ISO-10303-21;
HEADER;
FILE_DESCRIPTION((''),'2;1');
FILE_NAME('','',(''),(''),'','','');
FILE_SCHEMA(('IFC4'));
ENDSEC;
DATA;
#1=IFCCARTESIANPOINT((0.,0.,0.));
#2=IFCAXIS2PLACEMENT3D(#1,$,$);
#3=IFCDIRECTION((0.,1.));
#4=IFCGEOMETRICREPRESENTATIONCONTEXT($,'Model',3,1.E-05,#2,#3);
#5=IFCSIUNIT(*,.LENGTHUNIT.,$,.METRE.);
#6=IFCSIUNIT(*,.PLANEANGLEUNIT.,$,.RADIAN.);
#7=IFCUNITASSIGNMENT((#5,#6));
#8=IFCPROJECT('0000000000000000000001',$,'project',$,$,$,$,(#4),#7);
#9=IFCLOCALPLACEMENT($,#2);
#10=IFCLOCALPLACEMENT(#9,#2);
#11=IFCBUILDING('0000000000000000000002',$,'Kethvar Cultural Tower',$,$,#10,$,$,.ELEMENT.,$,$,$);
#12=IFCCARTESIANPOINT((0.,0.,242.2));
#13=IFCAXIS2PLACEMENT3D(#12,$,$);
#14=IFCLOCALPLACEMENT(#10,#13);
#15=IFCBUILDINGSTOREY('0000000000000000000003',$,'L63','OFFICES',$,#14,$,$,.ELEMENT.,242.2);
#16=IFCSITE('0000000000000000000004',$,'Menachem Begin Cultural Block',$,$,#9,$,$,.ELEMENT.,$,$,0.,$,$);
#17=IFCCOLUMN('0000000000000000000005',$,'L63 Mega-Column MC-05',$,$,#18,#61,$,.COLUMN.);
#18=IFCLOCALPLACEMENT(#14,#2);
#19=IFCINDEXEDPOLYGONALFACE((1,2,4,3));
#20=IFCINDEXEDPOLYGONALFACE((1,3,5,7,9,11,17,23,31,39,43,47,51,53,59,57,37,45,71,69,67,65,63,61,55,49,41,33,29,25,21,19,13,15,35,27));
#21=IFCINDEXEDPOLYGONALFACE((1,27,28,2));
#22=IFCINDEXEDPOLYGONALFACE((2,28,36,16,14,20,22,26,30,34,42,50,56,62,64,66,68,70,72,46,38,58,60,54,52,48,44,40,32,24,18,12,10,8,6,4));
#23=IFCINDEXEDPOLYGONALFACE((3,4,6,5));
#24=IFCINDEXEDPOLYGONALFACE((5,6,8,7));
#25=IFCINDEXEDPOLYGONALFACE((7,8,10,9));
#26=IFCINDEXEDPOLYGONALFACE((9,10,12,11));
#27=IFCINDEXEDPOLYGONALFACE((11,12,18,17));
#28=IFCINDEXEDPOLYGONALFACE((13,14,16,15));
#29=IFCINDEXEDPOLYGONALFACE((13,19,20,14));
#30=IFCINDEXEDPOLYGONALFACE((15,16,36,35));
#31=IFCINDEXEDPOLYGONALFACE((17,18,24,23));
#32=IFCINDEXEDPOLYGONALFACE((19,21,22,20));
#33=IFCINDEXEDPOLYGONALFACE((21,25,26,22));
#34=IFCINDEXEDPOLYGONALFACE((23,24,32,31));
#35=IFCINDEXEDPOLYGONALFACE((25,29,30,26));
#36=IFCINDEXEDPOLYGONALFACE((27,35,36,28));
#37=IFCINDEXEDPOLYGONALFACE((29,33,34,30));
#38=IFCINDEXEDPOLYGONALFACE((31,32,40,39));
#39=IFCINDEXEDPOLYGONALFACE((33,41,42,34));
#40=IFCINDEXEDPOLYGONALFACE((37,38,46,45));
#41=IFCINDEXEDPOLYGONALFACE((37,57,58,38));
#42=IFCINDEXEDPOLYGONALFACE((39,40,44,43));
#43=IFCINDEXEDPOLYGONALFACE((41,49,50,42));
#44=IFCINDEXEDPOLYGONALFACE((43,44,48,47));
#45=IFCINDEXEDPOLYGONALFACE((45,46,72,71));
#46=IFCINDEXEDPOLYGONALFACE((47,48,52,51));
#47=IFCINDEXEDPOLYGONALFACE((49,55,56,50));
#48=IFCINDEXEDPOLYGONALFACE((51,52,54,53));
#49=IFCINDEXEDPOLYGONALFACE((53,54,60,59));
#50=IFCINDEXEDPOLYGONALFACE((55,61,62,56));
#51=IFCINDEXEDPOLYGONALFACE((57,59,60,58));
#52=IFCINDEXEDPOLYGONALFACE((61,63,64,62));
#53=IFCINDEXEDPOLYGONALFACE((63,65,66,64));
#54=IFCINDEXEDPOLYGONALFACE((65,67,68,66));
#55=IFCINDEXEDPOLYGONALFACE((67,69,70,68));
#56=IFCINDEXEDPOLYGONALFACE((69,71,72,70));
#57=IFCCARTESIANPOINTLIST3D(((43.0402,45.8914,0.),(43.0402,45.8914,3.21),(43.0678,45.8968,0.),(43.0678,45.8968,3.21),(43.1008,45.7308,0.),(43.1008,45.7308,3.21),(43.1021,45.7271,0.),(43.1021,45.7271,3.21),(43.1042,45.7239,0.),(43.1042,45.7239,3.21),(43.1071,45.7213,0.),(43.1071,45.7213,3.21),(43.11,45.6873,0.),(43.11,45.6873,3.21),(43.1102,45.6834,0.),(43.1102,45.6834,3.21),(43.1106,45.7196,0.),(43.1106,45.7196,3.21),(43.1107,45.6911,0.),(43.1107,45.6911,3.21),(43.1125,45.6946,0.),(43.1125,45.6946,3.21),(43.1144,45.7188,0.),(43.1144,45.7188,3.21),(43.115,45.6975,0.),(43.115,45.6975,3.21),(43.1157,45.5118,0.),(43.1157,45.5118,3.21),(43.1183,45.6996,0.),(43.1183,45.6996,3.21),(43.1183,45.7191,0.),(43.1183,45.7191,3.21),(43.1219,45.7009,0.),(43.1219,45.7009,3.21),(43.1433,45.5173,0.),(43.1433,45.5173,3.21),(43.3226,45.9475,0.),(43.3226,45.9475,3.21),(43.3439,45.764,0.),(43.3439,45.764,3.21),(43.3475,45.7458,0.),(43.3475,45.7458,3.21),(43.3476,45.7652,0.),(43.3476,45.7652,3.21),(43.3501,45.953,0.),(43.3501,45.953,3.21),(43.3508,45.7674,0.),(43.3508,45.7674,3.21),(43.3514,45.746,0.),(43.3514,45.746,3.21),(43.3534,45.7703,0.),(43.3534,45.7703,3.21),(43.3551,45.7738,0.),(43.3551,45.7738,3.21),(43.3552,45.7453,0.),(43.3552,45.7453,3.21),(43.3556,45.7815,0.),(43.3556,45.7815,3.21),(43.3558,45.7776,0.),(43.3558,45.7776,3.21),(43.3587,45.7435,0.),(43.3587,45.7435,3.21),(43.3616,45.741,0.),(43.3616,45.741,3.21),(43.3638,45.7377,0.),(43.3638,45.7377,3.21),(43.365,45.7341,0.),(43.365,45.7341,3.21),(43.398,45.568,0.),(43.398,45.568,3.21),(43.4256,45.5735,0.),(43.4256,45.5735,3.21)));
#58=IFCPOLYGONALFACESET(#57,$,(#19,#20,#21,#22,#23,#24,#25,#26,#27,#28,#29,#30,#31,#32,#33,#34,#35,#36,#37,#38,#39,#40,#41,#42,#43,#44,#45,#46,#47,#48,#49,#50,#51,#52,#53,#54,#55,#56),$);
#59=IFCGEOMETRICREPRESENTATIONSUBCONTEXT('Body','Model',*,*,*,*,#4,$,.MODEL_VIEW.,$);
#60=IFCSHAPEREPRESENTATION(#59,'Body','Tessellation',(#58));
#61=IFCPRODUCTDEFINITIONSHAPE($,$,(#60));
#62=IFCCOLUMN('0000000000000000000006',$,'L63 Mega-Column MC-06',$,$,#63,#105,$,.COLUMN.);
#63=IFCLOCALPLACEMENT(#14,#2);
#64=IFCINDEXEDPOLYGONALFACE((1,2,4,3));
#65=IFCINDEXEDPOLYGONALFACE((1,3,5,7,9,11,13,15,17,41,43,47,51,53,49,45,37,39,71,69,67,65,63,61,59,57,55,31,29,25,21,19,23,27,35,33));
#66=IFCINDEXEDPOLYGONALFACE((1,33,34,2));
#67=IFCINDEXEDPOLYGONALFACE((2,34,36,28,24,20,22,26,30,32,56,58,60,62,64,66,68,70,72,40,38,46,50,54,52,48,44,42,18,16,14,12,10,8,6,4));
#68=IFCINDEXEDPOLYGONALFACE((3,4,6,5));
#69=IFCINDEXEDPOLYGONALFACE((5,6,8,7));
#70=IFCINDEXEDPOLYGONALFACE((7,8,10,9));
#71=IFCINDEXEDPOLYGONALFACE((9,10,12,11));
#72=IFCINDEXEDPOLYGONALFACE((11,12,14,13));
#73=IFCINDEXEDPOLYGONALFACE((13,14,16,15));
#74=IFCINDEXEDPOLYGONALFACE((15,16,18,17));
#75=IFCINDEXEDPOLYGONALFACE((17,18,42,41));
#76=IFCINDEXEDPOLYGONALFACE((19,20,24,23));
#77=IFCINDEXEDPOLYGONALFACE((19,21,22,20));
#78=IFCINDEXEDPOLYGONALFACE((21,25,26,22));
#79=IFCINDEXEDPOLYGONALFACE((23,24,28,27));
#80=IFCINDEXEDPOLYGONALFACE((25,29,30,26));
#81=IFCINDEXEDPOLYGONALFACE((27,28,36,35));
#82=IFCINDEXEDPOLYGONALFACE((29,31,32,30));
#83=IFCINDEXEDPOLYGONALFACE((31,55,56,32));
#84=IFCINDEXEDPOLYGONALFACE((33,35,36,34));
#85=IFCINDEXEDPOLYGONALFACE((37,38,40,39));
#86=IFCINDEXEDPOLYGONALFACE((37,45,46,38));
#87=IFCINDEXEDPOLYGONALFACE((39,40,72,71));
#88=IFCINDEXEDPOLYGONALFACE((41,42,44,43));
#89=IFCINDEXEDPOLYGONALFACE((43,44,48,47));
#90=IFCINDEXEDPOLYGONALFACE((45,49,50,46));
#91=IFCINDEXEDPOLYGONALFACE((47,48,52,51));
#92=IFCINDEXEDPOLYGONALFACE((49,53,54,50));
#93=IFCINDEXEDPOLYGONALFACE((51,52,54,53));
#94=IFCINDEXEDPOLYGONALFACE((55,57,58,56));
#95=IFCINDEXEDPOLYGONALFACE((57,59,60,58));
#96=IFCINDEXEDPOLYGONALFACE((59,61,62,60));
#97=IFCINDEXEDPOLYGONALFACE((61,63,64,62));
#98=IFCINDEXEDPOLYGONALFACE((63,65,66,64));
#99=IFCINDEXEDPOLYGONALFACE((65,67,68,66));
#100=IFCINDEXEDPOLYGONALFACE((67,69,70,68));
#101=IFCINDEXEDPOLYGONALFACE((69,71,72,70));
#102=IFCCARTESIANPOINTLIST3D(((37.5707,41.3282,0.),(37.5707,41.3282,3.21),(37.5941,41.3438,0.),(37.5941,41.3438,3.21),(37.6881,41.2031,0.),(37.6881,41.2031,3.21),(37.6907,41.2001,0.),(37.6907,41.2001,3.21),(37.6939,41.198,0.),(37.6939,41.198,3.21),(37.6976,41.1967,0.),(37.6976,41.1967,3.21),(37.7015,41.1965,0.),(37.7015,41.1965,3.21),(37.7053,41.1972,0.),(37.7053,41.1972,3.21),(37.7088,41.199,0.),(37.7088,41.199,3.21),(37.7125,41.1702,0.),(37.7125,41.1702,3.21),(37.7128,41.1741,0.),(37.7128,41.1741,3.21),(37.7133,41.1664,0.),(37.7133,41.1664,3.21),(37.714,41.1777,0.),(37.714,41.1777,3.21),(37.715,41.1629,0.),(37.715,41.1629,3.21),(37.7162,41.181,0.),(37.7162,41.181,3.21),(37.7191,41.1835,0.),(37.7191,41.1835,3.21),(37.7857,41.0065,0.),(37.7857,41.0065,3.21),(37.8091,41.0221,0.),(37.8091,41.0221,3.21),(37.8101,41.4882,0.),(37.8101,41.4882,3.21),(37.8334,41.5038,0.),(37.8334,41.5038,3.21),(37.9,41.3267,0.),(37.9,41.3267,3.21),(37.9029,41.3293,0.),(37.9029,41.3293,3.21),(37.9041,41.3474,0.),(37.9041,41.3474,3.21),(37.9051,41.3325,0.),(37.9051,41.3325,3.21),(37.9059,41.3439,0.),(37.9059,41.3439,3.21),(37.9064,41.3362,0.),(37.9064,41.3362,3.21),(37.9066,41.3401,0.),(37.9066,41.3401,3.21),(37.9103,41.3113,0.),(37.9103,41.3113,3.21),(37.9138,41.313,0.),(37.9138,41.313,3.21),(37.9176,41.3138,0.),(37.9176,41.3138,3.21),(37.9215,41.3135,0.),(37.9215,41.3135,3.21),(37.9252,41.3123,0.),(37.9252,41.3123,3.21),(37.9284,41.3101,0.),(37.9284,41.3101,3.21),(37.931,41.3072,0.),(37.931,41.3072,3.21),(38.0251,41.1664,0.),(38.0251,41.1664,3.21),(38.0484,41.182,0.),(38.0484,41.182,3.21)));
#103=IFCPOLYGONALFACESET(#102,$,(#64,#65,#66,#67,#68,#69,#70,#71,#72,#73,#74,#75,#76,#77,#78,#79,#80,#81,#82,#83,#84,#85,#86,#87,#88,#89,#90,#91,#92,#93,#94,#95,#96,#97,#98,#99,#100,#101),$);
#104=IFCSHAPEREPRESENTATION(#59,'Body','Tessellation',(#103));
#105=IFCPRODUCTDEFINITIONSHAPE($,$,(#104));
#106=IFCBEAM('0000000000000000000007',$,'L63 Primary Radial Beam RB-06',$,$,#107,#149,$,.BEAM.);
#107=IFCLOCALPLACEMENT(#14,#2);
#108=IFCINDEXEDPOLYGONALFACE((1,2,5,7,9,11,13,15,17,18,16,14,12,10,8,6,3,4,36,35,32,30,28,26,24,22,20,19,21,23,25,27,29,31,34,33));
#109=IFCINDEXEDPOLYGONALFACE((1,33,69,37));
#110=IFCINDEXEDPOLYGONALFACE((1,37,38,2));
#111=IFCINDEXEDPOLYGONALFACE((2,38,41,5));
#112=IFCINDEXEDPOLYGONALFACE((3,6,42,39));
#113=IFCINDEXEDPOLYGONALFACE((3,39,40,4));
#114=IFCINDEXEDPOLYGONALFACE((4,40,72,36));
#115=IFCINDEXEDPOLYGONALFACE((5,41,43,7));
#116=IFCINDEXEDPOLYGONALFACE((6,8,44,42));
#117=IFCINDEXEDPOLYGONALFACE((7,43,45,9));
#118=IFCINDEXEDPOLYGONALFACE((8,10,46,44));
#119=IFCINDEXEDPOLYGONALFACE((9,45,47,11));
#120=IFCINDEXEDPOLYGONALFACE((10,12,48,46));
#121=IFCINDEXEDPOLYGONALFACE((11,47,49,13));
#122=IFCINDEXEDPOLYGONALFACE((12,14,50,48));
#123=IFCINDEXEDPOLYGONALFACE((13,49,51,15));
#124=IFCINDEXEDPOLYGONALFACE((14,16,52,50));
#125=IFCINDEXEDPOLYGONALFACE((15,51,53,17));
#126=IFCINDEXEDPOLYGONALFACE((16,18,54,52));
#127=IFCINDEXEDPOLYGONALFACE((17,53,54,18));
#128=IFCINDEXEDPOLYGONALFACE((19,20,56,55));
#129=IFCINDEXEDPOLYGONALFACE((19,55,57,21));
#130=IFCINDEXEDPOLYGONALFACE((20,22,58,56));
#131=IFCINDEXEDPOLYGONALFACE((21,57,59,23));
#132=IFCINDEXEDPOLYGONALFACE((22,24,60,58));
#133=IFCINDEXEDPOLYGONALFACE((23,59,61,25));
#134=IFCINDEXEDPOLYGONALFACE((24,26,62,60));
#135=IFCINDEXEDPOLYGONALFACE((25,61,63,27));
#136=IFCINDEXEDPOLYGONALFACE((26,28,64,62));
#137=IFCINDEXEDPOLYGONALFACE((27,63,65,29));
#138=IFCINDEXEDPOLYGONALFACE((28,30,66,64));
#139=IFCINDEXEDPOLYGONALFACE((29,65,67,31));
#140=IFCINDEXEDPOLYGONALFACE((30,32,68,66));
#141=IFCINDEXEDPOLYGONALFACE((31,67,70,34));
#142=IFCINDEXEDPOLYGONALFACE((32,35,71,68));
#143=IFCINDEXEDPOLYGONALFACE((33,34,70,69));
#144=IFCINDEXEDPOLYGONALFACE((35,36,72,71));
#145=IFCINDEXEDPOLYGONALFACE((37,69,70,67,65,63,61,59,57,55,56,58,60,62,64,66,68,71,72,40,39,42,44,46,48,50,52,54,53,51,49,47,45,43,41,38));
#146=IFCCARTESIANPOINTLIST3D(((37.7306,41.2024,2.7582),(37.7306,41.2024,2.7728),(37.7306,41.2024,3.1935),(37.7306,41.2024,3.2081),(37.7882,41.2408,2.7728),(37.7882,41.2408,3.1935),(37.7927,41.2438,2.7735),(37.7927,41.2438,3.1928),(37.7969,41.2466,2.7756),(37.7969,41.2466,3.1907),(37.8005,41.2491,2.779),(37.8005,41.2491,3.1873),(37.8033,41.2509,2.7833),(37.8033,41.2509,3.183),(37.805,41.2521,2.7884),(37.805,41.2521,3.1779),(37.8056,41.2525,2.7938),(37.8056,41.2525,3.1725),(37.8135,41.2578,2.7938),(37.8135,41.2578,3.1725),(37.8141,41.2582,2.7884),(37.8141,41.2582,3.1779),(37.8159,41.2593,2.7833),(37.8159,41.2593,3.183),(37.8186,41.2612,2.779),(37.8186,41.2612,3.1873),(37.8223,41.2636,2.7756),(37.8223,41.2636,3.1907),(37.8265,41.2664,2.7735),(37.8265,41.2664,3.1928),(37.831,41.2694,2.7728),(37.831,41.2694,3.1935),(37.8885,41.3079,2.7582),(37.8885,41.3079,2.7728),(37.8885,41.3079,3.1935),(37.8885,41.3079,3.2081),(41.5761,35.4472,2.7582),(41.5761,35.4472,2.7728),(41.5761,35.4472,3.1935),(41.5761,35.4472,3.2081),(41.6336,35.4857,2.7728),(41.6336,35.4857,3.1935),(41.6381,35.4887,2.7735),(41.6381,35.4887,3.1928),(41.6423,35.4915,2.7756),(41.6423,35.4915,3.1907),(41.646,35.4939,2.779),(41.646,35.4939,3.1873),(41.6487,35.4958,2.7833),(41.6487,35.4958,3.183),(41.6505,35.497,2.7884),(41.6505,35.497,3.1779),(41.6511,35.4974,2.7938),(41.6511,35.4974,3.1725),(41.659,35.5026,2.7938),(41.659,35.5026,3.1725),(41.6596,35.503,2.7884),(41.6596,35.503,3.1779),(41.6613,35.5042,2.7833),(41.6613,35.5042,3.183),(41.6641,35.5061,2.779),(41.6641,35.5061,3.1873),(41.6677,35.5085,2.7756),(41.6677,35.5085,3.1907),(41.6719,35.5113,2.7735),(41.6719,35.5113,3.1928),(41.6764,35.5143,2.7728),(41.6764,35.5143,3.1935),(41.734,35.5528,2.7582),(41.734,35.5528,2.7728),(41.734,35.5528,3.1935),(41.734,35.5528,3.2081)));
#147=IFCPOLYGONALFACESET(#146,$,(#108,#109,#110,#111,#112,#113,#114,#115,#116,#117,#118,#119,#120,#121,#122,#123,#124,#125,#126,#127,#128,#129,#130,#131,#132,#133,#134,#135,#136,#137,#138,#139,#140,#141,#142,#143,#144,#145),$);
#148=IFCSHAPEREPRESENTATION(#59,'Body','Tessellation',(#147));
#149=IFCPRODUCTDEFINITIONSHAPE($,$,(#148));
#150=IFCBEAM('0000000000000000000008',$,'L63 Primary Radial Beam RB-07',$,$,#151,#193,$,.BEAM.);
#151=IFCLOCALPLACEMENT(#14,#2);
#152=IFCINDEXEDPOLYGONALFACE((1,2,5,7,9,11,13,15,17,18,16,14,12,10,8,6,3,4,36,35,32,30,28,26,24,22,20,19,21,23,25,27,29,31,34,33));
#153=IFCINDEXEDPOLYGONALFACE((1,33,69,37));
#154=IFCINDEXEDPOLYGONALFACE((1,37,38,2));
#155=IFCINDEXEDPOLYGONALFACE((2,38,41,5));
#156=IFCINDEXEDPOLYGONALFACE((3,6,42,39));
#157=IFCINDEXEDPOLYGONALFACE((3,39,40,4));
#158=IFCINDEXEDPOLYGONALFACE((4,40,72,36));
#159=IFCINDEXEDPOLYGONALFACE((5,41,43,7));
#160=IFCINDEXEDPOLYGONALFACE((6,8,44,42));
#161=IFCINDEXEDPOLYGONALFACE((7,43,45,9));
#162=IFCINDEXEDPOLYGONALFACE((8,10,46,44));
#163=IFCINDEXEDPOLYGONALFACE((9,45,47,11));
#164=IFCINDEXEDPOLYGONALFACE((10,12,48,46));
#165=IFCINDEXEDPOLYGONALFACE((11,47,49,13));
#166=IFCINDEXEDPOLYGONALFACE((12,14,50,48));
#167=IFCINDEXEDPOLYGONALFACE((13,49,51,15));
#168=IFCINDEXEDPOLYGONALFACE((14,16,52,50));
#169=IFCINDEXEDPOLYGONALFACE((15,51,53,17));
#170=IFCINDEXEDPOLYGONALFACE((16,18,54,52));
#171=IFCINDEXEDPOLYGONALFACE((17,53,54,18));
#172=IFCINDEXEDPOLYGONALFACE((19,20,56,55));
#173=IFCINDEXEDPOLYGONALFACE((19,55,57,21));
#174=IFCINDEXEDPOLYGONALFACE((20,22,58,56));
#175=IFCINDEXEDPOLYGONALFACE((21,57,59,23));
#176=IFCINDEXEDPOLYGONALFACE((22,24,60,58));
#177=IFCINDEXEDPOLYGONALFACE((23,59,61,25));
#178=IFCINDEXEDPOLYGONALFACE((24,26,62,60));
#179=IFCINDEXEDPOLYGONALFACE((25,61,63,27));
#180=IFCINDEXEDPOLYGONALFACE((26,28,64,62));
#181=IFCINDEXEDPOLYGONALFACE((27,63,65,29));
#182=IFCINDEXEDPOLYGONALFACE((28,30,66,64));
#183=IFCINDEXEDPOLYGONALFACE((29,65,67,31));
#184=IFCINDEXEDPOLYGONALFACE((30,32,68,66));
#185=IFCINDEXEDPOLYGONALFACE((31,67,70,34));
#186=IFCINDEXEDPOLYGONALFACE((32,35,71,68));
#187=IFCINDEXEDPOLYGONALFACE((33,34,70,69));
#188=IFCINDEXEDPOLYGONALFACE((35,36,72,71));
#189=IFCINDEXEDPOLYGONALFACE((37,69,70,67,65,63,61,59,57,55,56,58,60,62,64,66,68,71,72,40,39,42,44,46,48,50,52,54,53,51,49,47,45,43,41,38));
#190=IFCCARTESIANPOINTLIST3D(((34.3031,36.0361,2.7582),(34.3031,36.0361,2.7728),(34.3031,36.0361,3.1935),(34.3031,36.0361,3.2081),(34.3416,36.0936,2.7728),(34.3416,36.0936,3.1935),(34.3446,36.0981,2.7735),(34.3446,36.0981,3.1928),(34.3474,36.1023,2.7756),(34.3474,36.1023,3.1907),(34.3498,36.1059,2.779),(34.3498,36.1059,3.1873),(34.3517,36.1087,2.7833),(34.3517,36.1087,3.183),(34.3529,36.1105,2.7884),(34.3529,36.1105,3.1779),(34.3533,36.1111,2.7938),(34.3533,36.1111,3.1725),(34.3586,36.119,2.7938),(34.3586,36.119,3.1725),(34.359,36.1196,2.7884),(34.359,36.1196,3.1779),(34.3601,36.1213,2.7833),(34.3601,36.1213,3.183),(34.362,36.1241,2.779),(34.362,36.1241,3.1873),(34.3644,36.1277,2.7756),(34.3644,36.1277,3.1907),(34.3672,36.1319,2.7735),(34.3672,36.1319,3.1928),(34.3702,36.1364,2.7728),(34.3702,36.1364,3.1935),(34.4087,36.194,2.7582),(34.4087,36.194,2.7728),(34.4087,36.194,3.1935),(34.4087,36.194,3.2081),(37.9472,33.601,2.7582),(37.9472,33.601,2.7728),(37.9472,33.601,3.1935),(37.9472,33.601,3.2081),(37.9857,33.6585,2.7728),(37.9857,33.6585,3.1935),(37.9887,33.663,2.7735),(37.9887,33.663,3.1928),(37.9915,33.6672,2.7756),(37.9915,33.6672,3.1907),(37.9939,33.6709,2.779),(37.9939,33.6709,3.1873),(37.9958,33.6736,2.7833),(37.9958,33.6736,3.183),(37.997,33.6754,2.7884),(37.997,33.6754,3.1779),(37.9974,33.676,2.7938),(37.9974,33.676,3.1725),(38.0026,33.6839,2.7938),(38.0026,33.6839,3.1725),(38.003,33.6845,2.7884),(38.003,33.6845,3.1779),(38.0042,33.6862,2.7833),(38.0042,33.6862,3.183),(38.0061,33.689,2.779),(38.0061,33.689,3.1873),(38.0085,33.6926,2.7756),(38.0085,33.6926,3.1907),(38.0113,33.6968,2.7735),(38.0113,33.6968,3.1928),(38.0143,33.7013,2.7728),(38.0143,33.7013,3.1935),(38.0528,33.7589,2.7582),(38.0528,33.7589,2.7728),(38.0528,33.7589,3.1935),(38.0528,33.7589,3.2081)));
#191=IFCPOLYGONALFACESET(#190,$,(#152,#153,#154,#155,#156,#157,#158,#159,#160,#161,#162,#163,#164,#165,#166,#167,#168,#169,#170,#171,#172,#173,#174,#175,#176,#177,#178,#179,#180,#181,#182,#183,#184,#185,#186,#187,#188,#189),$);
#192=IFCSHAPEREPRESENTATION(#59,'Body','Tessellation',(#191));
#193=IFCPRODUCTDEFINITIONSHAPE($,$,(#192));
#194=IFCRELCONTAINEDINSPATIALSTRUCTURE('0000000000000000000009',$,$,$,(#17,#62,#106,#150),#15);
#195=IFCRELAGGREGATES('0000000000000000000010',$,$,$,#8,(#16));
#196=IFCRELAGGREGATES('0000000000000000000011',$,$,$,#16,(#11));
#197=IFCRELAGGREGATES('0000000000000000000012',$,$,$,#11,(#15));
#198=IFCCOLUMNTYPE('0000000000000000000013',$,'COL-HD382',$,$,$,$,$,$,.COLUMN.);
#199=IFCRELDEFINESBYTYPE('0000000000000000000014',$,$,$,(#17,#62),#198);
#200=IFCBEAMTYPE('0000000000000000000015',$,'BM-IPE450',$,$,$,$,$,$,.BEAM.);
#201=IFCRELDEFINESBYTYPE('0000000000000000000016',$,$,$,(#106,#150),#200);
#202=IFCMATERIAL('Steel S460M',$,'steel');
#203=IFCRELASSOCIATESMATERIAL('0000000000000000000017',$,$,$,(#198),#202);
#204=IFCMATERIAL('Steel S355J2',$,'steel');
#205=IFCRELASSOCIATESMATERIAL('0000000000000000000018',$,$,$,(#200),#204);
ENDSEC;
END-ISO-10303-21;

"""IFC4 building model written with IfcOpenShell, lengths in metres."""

from ifc_helpers import new_model, si_unit, direction, frame, origin, origin_2d, place, context, subcontext, project, spatial, i_section, extrude, source, transform, mapped, material, material_profile, profile_set, type_object, element, save


model = new_model("IFC4")

# Units and contexts
model_context = context("Model", 3, precision=1e-05, world=origin(), true_north=direction((0.0, 1.0)))
body_context = subcontext(model_context, "Body", "Model", "MODEL_VIEW")
ifc_project = project(units=[si_unit("LENGTHUNIT", "METRE"), si_unit("PLANEANGLEUNIT", "RADIAN")], contexts=[model_context])

# Site, building, storey
site_placement = place(None, origin())
site = spatial("IfcSite", under=ifc_project, at=site_placement, Name="Menachem Begin Cultural Block", CompositionType="ELEMENT", RefElevation=0.0)
building_placement = place(site_placement, origin())
building = spatial("IfcBuilding", under=site, at=building_placement, Name="Kethvar Cultural Tower", CompositionType="ELEMENT")
storey_placement = place(building_placement, frame((0.0, 0.0, 242.2)))
storey = spatial("IfcBuildingStorey", under=building, at=storey_placement, Name="L63", Description="OFFICES", CompositionType="ELEMENT", Elevation=242.2)

# Columns
ifc_material_1 = material(Name="Steel S460M", Category="steel")
ifc_material_profile_1 = material_profile(ifc_material_1, i_section(OverallWidth=0.387, OverallDepth=0.3159, WebThickness=0.0186, FlangeThickness=0.0281, FilletRadius=0.0149, at=origin_2d()), Name="Steel S460M — HD400x382")
ifc_profile_set_1 = profile_set([ifc_material_profile_1], Name="Steel S460M — HD400x382")
column_type = type_object("IfcColumnType", Name="COL-HD382", PredefinedType="COLUMN", material=ifc_profile_set_1)
shared_shape_1 = source(origin(), body_context, "Body", "SweptSolid", [
    extrude(i_section(OverallWidth=0.387, OverallDepth=0.3159, WebThickness=0.0186, FlangeThickness=0.0281, FilletRadius=0.0149, at=origin_2d()), origin(), (0.0, 0.0, 1.0), 3.21),
])
for number, where, z_axis, x_axis, name in (
    (1, (43.2329, 45.7324, 0.0), (0.0, 0.0, 1.0), (-0.19509, 0.980785, 0.0), "L63 Mega-Column MC-05"),
    (2, (37.8096, 41.2551, 0.0), (0.0, 0.0, 1.0), (-0.55557, 0.83147, 0.0), "L63 Mega-Column MC-06"),
):
    element("IfcColumn", number, at=place(storey_placement, frame(where, z_axis=z_axis, x_axis=x_axis)), inside=storey, type_object=column_type, Name=name, PredefinedType="COLUMN", context=body_context, shape_type="MappedRepresentation", body=[
        mapped(shared_shape_1, transform((0.0, 0.0, 0.0), scale=1.0)),
    ])

# Beams
ifc_material_2 = material(Name="Steel S355J2", Category="steel")
ifc_material_profile_2 = material_profile(ifc_material_2, i_section(OverallWidth=0.1899, OverallDepth=0.45, WebThickness=0.0095, FlangeThickness=0.0146, FilletRadius=0.021, at=origin_2d()), Name="Steel S355J2 — IPE450")
ifc_profile_set_2 = profile_set([ifc_material_profile_2], Name="Steel S355J2 — IPE450")
beam_type_1 = type_object("IfcBeamType", Name="BM-IPE450", PredefinedType="BEAM", material=ifc_profile_set_2)
shared_shape_2 = source(origin(), body_context, "Body", "SweptSolid", [
    extrude(i_section(OverallWidth=0.1899, OverallDepth=0.45, WebThickness=0.0095, FlangeThickness=0.0146, FilletRadius=0.021, at=origin_2d()), origin(), (0.0, 0.0, 1.0), 6.9216),
])
beam_1_placement = place(storey_placement, frame((41.655, 35.5, 2.9832), z_axis=(-0.555571, 0.831469, 0.0), x_axis=(-0.831469, -0.555571, 0.0)))
element("IfcBeam", 3, at=beam_1_placement, inside=storey, type_object=beam_type_1, Name="L63 Primary Radial Beam RB-06", PredefinedType="BEAM", context=body_context, shape_type="MappedRepresentation", body=[
    mapped(shared_shape_2, transform((0.0, 0.0, 0.0), scale=1.0)),
])
shared_shape_3 = source(origin(), body_context, "Body", "SweptSolid", [
    extrude(i_section(OverallWidth=0.1899, OverallDepth=0.45, WebThickness=0.0095, FlangeThickness=0.0146, FilletRadius=0.021, at=origin_2d()), origin(), (0.0, 0.0, 1.0), 4.3828),
])
beam_2_placement = place(storey_placement, frame((38.0, 33.6799, 2.9832), z_axis=(-0.83145, 0.5556, 0.0), x_axis=(-0.5556, -0.83145, 0.0)))
element("IfcBeam", 4, at=beam_2_placement, inside=storey, type_object=beam_type_1, Name="L63 Primary Radial Beam RB-07", PredefinedType="BEAM", context=body_context, shape_type="MappedRepresentation", body=[
    mapped(shared_shape_3, transform((0.0, 0.0, 0.0), scale=1.0)),
])

save(model, "model.ifc")
